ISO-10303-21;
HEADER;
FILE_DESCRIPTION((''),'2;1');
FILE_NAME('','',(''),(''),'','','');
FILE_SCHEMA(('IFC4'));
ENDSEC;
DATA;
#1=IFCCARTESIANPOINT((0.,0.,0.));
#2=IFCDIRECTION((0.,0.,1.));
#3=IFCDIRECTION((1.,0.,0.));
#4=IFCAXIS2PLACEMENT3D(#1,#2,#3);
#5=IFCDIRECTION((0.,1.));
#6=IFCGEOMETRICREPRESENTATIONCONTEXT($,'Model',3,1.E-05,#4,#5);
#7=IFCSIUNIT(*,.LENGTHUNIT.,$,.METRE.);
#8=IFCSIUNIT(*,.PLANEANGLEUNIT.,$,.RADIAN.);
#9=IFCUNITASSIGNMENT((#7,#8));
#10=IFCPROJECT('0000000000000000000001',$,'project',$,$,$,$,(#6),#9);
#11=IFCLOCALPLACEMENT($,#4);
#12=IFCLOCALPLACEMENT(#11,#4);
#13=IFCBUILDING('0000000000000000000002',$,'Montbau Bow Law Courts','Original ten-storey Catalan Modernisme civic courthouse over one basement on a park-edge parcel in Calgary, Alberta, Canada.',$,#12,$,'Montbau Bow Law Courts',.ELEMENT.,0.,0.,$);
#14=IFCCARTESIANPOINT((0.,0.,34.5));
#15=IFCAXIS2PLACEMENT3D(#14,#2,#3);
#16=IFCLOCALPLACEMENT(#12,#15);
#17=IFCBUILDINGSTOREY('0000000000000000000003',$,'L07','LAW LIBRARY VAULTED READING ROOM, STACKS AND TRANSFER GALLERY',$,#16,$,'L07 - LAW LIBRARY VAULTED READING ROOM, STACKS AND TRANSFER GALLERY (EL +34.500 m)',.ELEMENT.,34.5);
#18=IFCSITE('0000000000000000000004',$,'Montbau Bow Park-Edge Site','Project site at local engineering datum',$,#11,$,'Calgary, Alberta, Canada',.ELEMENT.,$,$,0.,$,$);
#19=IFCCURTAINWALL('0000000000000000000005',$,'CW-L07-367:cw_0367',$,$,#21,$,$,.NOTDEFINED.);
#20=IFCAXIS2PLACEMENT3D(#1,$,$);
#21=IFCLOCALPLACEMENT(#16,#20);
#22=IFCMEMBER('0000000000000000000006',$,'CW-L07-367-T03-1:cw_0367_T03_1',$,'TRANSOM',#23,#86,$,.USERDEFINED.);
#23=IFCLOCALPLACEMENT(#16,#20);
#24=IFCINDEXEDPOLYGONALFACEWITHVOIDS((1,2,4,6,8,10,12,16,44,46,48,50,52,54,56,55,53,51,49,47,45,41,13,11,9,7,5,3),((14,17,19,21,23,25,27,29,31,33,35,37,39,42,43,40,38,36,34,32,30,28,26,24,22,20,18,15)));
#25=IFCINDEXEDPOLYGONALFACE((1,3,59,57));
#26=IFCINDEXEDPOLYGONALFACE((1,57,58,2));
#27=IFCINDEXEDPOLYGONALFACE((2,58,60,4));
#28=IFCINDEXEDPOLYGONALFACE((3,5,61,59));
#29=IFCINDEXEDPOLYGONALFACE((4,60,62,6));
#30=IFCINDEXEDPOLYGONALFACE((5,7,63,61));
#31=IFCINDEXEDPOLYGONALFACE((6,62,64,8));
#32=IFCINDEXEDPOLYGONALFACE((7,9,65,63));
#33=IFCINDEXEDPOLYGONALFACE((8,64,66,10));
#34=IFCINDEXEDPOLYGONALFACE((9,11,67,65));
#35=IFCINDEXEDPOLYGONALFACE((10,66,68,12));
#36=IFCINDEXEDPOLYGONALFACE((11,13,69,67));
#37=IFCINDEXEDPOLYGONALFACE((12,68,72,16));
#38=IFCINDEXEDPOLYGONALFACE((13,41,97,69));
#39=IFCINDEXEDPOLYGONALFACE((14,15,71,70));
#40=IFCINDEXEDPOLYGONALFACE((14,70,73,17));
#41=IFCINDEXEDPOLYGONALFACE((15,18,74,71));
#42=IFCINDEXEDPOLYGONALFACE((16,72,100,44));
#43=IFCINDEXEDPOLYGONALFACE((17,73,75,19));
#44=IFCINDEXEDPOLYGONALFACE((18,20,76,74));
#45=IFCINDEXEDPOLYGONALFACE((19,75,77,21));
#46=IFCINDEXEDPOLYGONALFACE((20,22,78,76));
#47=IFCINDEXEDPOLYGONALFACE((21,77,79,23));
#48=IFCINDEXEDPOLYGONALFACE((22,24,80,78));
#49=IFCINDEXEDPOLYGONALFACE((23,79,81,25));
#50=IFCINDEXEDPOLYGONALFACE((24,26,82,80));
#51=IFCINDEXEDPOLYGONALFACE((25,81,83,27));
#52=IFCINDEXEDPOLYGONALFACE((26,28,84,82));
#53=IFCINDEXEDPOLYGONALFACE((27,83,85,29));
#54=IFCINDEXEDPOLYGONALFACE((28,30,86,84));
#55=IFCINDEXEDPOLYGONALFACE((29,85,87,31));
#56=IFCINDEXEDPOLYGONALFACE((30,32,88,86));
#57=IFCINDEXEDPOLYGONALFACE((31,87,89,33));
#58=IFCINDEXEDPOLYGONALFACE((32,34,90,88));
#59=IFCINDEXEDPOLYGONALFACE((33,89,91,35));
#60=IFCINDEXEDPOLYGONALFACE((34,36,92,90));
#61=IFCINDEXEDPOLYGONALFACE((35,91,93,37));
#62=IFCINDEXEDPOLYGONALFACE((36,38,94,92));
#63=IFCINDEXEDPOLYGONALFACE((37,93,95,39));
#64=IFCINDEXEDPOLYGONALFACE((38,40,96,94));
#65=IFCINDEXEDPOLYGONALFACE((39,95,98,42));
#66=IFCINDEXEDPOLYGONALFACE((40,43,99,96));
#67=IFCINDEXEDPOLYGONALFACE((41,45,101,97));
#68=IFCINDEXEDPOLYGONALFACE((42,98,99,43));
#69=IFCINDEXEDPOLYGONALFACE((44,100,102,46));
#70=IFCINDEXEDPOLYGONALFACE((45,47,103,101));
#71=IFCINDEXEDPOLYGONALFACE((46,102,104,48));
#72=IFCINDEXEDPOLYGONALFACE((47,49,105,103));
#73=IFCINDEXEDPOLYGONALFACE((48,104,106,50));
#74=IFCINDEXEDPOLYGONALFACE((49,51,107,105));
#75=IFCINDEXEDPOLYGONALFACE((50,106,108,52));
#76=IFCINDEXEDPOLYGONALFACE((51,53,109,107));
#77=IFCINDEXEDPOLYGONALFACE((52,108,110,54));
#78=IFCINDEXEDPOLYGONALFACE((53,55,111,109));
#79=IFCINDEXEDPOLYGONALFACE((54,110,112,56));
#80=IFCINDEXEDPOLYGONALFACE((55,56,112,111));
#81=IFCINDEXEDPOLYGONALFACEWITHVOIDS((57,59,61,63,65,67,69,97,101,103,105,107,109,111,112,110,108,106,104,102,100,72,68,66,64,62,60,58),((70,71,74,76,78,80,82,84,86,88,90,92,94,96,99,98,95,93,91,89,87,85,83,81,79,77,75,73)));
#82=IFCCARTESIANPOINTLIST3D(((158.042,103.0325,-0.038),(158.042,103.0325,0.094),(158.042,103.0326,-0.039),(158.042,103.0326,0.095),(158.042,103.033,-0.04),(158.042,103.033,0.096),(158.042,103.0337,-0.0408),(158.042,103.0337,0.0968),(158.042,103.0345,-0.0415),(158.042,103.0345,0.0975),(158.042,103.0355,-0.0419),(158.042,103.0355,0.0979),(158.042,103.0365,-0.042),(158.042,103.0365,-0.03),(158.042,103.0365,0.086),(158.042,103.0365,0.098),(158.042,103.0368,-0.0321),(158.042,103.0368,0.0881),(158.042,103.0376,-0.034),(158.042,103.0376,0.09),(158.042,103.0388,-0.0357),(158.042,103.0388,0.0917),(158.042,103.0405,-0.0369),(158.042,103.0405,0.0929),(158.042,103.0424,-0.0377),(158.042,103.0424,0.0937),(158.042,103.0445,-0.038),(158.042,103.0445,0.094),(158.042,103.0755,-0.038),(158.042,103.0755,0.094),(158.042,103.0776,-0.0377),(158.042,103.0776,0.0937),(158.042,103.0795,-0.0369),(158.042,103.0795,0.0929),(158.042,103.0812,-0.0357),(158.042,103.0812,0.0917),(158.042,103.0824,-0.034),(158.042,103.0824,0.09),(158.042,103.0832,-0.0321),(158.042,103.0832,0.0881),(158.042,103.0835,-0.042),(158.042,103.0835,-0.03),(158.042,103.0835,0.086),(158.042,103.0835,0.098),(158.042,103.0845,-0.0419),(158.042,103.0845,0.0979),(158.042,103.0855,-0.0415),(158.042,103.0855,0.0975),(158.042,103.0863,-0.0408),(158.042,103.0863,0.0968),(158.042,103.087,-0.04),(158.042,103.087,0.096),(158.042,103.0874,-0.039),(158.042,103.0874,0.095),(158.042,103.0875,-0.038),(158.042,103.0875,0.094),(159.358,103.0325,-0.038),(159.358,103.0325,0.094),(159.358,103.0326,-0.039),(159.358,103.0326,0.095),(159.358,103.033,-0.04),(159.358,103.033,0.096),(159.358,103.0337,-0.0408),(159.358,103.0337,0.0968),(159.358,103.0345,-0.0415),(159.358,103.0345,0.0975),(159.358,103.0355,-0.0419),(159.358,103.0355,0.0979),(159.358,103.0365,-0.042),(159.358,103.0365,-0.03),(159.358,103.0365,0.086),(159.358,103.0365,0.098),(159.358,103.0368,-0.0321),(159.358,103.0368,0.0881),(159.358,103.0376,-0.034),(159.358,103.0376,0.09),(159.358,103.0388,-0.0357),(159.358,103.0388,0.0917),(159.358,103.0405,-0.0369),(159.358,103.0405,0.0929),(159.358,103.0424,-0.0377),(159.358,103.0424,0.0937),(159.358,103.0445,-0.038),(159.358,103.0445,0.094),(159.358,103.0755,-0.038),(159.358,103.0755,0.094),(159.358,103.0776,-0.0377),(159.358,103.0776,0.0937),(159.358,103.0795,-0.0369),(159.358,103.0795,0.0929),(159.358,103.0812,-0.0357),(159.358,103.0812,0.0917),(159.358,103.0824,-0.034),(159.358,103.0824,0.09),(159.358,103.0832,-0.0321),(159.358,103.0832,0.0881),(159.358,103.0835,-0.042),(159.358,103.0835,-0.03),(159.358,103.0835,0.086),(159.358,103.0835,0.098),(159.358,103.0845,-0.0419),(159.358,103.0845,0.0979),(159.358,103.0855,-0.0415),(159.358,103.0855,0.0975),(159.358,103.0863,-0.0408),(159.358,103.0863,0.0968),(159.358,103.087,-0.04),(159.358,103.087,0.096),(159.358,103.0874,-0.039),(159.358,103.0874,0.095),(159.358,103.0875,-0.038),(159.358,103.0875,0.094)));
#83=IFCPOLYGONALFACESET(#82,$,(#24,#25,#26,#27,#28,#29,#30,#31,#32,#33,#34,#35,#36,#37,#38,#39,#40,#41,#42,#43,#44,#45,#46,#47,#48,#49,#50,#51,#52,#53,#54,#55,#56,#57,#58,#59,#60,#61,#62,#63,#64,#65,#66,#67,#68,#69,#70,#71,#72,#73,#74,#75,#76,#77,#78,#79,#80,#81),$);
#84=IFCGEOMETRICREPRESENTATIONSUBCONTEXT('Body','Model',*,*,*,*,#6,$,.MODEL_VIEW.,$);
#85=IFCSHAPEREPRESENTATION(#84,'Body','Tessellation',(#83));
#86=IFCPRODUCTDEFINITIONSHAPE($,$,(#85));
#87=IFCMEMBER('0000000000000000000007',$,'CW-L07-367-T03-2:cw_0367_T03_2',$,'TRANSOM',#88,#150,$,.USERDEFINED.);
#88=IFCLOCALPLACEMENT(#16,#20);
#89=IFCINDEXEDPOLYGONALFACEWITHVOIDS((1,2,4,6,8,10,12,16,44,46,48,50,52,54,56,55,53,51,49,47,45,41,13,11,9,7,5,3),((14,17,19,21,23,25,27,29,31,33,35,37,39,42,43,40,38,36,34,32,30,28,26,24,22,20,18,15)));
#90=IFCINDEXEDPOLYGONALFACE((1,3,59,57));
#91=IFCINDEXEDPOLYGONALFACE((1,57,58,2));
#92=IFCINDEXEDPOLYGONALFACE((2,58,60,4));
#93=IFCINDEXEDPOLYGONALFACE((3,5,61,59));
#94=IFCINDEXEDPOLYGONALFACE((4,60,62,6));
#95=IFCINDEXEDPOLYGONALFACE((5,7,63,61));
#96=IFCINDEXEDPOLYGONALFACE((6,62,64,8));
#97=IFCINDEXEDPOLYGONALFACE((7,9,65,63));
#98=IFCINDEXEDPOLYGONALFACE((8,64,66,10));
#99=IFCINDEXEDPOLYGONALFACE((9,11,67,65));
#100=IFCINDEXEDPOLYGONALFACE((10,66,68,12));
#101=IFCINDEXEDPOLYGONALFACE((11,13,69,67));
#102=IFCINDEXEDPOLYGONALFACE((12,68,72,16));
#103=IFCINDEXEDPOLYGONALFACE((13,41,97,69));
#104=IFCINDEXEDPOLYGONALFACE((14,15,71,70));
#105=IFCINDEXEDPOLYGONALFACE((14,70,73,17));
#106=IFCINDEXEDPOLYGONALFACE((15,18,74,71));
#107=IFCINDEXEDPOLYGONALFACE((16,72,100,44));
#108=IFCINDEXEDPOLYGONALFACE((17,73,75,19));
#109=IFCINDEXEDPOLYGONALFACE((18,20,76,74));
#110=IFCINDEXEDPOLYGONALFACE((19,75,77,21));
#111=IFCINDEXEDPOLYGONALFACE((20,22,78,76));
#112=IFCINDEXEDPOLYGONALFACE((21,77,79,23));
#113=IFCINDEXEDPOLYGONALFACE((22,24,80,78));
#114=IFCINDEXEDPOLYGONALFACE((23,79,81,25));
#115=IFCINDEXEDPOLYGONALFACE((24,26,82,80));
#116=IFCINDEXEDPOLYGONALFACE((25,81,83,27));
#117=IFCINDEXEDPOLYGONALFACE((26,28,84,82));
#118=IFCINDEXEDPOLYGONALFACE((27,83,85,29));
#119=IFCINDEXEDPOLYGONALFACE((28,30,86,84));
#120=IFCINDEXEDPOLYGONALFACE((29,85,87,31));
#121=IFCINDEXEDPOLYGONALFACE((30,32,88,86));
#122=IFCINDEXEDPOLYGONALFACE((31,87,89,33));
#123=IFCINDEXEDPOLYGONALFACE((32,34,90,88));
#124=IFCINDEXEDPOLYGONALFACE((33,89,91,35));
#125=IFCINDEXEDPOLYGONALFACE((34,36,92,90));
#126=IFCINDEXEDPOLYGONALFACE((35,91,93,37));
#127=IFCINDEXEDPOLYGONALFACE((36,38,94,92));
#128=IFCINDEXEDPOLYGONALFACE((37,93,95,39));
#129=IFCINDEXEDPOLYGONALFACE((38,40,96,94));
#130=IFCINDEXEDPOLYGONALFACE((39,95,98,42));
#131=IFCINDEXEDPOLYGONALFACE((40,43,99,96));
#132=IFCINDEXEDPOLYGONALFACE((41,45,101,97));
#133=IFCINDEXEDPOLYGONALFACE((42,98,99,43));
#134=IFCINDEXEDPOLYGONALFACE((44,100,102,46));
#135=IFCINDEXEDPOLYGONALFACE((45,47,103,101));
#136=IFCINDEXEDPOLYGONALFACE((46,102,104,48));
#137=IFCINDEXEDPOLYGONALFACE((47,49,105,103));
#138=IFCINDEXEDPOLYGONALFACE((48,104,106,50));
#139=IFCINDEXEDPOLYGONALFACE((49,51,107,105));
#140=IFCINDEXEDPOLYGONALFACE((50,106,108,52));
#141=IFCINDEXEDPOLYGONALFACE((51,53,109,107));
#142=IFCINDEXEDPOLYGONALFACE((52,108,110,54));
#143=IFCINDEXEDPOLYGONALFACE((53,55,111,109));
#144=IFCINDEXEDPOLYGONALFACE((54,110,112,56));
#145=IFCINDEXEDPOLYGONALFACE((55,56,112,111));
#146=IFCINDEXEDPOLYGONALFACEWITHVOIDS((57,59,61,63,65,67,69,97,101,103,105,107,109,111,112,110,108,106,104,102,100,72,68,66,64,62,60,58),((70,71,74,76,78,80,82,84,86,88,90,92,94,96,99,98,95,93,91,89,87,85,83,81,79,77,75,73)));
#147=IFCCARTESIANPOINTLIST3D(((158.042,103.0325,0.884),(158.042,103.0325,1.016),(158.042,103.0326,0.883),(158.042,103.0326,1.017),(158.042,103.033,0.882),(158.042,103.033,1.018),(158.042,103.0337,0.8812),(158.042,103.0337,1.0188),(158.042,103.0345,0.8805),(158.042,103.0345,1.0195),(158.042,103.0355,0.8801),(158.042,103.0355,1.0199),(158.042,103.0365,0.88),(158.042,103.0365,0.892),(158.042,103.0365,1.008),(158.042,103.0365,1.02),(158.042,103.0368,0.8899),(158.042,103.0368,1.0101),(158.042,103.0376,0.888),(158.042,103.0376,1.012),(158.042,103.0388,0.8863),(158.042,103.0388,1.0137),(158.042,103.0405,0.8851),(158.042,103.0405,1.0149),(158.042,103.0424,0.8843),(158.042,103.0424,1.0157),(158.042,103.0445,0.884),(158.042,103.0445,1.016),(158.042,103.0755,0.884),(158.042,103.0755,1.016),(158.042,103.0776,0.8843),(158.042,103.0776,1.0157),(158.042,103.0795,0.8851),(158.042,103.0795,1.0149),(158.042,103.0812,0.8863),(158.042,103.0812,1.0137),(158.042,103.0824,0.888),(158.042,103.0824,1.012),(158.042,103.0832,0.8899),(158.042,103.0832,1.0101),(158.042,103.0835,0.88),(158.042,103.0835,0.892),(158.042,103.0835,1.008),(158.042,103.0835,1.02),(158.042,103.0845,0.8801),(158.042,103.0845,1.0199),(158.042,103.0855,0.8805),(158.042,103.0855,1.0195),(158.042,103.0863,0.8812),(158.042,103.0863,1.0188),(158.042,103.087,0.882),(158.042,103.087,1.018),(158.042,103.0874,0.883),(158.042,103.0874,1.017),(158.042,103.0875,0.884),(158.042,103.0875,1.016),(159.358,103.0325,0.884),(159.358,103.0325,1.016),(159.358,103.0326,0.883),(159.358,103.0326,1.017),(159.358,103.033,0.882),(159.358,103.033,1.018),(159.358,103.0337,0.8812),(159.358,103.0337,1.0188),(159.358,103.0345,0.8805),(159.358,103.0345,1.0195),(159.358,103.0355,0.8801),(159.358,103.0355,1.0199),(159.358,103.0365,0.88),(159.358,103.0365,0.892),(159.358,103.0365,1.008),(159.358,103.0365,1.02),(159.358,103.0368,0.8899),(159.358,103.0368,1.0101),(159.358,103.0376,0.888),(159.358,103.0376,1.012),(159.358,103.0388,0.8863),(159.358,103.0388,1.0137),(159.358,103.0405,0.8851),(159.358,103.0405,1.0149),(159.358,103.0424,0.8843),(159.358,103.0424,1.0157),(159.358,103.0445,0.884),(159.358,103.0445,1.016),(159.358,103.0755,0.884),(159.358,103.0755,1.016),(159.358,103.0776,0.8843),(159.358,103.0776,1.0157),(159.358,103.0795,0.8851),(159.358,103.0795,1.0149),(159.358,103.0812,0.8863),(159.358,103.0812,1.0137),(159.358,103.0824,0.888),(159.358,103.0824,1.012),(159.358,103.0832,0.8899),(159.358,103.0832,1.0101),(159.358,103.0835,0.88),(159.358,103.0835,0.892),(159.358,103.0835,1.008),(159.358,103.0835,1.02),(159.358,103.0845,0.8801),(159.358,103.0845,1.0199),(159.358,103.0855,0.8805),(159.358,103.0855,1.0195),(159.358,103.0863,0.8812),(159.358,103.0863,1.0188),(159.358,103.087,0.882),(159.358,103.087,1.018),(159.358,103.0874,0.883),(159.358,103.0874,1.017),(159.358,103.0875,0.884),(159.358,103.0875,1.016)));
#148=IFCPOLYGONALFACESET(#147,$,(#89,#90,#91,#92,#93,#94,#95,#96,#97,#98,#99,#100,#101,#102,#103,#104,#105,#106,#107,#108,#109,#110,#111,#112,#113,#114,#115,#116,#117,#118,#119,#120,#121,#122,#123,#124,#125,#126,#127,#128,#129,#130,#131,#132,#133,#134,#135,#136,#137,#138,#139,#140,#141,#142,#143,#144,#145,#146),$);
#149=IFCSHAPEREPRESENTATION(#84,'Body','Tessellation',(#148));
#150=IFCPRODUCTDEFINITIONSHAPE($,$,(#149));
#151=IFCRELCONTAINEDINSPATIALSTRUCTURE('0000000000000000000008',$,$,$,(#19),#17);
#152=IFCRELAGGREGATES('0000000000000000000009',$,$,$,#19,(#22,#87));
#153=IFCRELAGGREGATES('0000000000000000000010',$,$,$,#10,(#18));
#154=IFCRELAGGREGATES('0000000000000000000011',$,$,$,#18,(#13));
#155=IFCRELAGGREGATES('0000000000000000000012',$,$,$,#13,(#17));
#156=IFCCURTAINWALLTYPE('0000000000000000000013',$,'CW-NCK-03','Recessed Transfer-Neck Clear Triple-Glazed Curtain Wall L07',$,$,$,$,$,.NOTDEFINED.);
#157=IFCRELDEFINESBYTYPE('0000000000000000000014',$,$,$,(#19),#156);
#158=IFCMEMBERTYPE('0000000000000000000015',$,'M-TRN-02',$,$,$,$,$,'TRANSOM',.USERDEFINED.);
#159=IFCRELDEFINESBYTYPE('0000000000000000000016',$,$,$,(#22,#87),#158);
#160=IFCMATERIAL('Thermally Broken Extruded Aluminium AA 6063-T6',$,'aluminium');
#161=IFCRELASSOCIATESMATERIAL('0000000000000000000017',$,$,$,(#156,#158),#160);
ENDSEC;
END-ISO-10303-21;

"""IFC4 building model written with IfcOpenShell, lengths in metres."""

from ifc_helpers import new_model, si_unit, direction, frame, origin_with_axes, origin_2d_with_axis, place, context, subcontext, project, spatial, hollow_rectangle, extrude, material, material_profile, profile_set, type_object, element, aggregate, save


model = new_model("IFC4")

# Units and contexts
model_context = context("Model", 3, precision=1e-05, world=origin_with_axes(), true_north=direction((0.0, 1.0)))
body_context = subcontext(model_context, "Body", "Model", "MODEL_VIEW")
ifc_project = project(units=[si_unit("LENGTHUNIT", "METRE"), si_unit("PLANEANGLEUNIT", "RADIAN")], contexts=[model_context])

# Site, building, storey
site_placement = place(None, origin_with_axes())
site = spatial("IfcSite", under=ifc_project, at=site_placement, Name="Montbau Bow Park-Edge Site", Description="Project site at local engineering datum", LongName="Calgary, Alberta, Canada", CompositionType="ELEMENT", RefElevation=0.0)
building_placement = place(site_placement, origin_with_axes())
building = spatial("IfcBuilding", under=site, at=building_placement, Name="Montbau Bow Law Courts", Description="Original ten-storey Catalan Modernisme civic courthouse over one basement on a park-edge parcel in Calgary, Alberta, Canada.", LongName="Montbau Bow Law Courts", CompositionType="ELEMENT", ElevationOfRefHeight=0.0, ElevationOfTerrain=0.0)
storey_placement = place(building_placement, frame((0.0, 0.0, 34.5), z_axis=(0.0, 0.0, 1.0), x_axis=(1.0, 0.0, 0.0)))
storey = spatial("IfcBuildingStorey", under=building, at=storey_placement, Name="L07", Description="LAW LIBRARY VAULTED READING ROOM, STACKS AND TRANSFER GALLERY", LongName="L07 - LAW LIBRARY VAULTED READING ROOM, STACKS AND TRANSFER GALLERY (EL +34.500 m)", CompositionType="ELEMENT", Elevation=34.5)

# Curtain wall, members
ifc_material_1 = material(Name="Thermally Broken Extruded Aluminium AA 6063-T6", Category="aluminium")
curtain_wall_type = type_object("IfcCurtainWallType", Name="CW-NCK-03", Description="Recessed Transfer-Neck Clear Triple-Glazed Curtain Wall L07", PredefinedType="NOTDEFINED", material=ifc_material_1)
curtain_wall_placement = place(None, frame((155.24, 103.06, 34.5), z_axis=(0.0, 0.0, 1.0), x_axis=(1.0, 0.0, 0.0)))
curtain_wall = element("IfcCurtainWall", 1, at=curtain_wall_placement, inside=storey, type_object=curtain_wall_type, Name="CW-L07-367:cw_0367", PredefinedType="NOTDEFINED")
ifc_material_profile_1 = material_profile(ifc_material_1, hollow_rectangle(XDim=0.055, YDim=0.14, WallThickness=0.004, InnerFilletRadius=0.008, OuterFilletRadius=0.004, at=origin_2d_with_axis()), Name="CWT-140X55", Category="Main", Priority=0)
ifc_profile_set_1 = profile_set([ifc_material_profile_1], Name="Thermally Broken Extruded Aluminium AA 6063-T6")
member_type_1 = type_object("IfcMemberType", Name="M-TRN-02", ElementType="TRANSOM", PredefinedType="USERDEFINED", material=ifc_profile_set_1)
member_1_placement = place(None, frame((158.042, 103.06, 34.528), z_axis=(1.0, 0.0, 0.0), x_axis=(0.0, 1.0, 0.0)))
member_1 = element("IfcMember", 2, at=member_1_placement, type_object=member_type_1, Name="CW-L07-367-T03-1:cw_0367_T03_1", ObjectType="TRANSOM", PredefinedType="USERDEFINED", context=body_context, shape_type="SweptSolid", body=[
    extrude(hollow_rectangle(XDim=0.055, YDim=0.14, WallThickness=0.004, InnerFilletRadius=0.008, OuterFilletRadius=0.004, at=origin_2d_with_axis()), origin_with_axes(), (0.0, 0.0, 1.0), 1.316),
])
member_2_placement = place(None, frame((158.042, 103.06, 35.45), z_axis=(1.0, 0.0, 0.0), x_axis=(0.0, 1.0, 0.0)))
member_2 = element("IfcMember", 3, at=member_2_placement, type_object=member_type_1, Name="CW-L07-367-T03-2:cw_0367_T03_2", ObjectType="TRANSOM", PredefinedType="USERDEFINED", context=body_context, shape_type="SweptSolid", body=[
    extrude(hollow_rectangle(XDim=0.055, YDim=0.14, WallThickness=0.004, InnerFilletRadius=0.008, OuterFilletRadius=0.004, at=origin_2d_with_axis()), origin_with_axes(), (0.0, 0.0, 1.0), 1.316),
])
aggregate(curtain_wall, [member_1, member_2])

save(model, "model.ifc")
